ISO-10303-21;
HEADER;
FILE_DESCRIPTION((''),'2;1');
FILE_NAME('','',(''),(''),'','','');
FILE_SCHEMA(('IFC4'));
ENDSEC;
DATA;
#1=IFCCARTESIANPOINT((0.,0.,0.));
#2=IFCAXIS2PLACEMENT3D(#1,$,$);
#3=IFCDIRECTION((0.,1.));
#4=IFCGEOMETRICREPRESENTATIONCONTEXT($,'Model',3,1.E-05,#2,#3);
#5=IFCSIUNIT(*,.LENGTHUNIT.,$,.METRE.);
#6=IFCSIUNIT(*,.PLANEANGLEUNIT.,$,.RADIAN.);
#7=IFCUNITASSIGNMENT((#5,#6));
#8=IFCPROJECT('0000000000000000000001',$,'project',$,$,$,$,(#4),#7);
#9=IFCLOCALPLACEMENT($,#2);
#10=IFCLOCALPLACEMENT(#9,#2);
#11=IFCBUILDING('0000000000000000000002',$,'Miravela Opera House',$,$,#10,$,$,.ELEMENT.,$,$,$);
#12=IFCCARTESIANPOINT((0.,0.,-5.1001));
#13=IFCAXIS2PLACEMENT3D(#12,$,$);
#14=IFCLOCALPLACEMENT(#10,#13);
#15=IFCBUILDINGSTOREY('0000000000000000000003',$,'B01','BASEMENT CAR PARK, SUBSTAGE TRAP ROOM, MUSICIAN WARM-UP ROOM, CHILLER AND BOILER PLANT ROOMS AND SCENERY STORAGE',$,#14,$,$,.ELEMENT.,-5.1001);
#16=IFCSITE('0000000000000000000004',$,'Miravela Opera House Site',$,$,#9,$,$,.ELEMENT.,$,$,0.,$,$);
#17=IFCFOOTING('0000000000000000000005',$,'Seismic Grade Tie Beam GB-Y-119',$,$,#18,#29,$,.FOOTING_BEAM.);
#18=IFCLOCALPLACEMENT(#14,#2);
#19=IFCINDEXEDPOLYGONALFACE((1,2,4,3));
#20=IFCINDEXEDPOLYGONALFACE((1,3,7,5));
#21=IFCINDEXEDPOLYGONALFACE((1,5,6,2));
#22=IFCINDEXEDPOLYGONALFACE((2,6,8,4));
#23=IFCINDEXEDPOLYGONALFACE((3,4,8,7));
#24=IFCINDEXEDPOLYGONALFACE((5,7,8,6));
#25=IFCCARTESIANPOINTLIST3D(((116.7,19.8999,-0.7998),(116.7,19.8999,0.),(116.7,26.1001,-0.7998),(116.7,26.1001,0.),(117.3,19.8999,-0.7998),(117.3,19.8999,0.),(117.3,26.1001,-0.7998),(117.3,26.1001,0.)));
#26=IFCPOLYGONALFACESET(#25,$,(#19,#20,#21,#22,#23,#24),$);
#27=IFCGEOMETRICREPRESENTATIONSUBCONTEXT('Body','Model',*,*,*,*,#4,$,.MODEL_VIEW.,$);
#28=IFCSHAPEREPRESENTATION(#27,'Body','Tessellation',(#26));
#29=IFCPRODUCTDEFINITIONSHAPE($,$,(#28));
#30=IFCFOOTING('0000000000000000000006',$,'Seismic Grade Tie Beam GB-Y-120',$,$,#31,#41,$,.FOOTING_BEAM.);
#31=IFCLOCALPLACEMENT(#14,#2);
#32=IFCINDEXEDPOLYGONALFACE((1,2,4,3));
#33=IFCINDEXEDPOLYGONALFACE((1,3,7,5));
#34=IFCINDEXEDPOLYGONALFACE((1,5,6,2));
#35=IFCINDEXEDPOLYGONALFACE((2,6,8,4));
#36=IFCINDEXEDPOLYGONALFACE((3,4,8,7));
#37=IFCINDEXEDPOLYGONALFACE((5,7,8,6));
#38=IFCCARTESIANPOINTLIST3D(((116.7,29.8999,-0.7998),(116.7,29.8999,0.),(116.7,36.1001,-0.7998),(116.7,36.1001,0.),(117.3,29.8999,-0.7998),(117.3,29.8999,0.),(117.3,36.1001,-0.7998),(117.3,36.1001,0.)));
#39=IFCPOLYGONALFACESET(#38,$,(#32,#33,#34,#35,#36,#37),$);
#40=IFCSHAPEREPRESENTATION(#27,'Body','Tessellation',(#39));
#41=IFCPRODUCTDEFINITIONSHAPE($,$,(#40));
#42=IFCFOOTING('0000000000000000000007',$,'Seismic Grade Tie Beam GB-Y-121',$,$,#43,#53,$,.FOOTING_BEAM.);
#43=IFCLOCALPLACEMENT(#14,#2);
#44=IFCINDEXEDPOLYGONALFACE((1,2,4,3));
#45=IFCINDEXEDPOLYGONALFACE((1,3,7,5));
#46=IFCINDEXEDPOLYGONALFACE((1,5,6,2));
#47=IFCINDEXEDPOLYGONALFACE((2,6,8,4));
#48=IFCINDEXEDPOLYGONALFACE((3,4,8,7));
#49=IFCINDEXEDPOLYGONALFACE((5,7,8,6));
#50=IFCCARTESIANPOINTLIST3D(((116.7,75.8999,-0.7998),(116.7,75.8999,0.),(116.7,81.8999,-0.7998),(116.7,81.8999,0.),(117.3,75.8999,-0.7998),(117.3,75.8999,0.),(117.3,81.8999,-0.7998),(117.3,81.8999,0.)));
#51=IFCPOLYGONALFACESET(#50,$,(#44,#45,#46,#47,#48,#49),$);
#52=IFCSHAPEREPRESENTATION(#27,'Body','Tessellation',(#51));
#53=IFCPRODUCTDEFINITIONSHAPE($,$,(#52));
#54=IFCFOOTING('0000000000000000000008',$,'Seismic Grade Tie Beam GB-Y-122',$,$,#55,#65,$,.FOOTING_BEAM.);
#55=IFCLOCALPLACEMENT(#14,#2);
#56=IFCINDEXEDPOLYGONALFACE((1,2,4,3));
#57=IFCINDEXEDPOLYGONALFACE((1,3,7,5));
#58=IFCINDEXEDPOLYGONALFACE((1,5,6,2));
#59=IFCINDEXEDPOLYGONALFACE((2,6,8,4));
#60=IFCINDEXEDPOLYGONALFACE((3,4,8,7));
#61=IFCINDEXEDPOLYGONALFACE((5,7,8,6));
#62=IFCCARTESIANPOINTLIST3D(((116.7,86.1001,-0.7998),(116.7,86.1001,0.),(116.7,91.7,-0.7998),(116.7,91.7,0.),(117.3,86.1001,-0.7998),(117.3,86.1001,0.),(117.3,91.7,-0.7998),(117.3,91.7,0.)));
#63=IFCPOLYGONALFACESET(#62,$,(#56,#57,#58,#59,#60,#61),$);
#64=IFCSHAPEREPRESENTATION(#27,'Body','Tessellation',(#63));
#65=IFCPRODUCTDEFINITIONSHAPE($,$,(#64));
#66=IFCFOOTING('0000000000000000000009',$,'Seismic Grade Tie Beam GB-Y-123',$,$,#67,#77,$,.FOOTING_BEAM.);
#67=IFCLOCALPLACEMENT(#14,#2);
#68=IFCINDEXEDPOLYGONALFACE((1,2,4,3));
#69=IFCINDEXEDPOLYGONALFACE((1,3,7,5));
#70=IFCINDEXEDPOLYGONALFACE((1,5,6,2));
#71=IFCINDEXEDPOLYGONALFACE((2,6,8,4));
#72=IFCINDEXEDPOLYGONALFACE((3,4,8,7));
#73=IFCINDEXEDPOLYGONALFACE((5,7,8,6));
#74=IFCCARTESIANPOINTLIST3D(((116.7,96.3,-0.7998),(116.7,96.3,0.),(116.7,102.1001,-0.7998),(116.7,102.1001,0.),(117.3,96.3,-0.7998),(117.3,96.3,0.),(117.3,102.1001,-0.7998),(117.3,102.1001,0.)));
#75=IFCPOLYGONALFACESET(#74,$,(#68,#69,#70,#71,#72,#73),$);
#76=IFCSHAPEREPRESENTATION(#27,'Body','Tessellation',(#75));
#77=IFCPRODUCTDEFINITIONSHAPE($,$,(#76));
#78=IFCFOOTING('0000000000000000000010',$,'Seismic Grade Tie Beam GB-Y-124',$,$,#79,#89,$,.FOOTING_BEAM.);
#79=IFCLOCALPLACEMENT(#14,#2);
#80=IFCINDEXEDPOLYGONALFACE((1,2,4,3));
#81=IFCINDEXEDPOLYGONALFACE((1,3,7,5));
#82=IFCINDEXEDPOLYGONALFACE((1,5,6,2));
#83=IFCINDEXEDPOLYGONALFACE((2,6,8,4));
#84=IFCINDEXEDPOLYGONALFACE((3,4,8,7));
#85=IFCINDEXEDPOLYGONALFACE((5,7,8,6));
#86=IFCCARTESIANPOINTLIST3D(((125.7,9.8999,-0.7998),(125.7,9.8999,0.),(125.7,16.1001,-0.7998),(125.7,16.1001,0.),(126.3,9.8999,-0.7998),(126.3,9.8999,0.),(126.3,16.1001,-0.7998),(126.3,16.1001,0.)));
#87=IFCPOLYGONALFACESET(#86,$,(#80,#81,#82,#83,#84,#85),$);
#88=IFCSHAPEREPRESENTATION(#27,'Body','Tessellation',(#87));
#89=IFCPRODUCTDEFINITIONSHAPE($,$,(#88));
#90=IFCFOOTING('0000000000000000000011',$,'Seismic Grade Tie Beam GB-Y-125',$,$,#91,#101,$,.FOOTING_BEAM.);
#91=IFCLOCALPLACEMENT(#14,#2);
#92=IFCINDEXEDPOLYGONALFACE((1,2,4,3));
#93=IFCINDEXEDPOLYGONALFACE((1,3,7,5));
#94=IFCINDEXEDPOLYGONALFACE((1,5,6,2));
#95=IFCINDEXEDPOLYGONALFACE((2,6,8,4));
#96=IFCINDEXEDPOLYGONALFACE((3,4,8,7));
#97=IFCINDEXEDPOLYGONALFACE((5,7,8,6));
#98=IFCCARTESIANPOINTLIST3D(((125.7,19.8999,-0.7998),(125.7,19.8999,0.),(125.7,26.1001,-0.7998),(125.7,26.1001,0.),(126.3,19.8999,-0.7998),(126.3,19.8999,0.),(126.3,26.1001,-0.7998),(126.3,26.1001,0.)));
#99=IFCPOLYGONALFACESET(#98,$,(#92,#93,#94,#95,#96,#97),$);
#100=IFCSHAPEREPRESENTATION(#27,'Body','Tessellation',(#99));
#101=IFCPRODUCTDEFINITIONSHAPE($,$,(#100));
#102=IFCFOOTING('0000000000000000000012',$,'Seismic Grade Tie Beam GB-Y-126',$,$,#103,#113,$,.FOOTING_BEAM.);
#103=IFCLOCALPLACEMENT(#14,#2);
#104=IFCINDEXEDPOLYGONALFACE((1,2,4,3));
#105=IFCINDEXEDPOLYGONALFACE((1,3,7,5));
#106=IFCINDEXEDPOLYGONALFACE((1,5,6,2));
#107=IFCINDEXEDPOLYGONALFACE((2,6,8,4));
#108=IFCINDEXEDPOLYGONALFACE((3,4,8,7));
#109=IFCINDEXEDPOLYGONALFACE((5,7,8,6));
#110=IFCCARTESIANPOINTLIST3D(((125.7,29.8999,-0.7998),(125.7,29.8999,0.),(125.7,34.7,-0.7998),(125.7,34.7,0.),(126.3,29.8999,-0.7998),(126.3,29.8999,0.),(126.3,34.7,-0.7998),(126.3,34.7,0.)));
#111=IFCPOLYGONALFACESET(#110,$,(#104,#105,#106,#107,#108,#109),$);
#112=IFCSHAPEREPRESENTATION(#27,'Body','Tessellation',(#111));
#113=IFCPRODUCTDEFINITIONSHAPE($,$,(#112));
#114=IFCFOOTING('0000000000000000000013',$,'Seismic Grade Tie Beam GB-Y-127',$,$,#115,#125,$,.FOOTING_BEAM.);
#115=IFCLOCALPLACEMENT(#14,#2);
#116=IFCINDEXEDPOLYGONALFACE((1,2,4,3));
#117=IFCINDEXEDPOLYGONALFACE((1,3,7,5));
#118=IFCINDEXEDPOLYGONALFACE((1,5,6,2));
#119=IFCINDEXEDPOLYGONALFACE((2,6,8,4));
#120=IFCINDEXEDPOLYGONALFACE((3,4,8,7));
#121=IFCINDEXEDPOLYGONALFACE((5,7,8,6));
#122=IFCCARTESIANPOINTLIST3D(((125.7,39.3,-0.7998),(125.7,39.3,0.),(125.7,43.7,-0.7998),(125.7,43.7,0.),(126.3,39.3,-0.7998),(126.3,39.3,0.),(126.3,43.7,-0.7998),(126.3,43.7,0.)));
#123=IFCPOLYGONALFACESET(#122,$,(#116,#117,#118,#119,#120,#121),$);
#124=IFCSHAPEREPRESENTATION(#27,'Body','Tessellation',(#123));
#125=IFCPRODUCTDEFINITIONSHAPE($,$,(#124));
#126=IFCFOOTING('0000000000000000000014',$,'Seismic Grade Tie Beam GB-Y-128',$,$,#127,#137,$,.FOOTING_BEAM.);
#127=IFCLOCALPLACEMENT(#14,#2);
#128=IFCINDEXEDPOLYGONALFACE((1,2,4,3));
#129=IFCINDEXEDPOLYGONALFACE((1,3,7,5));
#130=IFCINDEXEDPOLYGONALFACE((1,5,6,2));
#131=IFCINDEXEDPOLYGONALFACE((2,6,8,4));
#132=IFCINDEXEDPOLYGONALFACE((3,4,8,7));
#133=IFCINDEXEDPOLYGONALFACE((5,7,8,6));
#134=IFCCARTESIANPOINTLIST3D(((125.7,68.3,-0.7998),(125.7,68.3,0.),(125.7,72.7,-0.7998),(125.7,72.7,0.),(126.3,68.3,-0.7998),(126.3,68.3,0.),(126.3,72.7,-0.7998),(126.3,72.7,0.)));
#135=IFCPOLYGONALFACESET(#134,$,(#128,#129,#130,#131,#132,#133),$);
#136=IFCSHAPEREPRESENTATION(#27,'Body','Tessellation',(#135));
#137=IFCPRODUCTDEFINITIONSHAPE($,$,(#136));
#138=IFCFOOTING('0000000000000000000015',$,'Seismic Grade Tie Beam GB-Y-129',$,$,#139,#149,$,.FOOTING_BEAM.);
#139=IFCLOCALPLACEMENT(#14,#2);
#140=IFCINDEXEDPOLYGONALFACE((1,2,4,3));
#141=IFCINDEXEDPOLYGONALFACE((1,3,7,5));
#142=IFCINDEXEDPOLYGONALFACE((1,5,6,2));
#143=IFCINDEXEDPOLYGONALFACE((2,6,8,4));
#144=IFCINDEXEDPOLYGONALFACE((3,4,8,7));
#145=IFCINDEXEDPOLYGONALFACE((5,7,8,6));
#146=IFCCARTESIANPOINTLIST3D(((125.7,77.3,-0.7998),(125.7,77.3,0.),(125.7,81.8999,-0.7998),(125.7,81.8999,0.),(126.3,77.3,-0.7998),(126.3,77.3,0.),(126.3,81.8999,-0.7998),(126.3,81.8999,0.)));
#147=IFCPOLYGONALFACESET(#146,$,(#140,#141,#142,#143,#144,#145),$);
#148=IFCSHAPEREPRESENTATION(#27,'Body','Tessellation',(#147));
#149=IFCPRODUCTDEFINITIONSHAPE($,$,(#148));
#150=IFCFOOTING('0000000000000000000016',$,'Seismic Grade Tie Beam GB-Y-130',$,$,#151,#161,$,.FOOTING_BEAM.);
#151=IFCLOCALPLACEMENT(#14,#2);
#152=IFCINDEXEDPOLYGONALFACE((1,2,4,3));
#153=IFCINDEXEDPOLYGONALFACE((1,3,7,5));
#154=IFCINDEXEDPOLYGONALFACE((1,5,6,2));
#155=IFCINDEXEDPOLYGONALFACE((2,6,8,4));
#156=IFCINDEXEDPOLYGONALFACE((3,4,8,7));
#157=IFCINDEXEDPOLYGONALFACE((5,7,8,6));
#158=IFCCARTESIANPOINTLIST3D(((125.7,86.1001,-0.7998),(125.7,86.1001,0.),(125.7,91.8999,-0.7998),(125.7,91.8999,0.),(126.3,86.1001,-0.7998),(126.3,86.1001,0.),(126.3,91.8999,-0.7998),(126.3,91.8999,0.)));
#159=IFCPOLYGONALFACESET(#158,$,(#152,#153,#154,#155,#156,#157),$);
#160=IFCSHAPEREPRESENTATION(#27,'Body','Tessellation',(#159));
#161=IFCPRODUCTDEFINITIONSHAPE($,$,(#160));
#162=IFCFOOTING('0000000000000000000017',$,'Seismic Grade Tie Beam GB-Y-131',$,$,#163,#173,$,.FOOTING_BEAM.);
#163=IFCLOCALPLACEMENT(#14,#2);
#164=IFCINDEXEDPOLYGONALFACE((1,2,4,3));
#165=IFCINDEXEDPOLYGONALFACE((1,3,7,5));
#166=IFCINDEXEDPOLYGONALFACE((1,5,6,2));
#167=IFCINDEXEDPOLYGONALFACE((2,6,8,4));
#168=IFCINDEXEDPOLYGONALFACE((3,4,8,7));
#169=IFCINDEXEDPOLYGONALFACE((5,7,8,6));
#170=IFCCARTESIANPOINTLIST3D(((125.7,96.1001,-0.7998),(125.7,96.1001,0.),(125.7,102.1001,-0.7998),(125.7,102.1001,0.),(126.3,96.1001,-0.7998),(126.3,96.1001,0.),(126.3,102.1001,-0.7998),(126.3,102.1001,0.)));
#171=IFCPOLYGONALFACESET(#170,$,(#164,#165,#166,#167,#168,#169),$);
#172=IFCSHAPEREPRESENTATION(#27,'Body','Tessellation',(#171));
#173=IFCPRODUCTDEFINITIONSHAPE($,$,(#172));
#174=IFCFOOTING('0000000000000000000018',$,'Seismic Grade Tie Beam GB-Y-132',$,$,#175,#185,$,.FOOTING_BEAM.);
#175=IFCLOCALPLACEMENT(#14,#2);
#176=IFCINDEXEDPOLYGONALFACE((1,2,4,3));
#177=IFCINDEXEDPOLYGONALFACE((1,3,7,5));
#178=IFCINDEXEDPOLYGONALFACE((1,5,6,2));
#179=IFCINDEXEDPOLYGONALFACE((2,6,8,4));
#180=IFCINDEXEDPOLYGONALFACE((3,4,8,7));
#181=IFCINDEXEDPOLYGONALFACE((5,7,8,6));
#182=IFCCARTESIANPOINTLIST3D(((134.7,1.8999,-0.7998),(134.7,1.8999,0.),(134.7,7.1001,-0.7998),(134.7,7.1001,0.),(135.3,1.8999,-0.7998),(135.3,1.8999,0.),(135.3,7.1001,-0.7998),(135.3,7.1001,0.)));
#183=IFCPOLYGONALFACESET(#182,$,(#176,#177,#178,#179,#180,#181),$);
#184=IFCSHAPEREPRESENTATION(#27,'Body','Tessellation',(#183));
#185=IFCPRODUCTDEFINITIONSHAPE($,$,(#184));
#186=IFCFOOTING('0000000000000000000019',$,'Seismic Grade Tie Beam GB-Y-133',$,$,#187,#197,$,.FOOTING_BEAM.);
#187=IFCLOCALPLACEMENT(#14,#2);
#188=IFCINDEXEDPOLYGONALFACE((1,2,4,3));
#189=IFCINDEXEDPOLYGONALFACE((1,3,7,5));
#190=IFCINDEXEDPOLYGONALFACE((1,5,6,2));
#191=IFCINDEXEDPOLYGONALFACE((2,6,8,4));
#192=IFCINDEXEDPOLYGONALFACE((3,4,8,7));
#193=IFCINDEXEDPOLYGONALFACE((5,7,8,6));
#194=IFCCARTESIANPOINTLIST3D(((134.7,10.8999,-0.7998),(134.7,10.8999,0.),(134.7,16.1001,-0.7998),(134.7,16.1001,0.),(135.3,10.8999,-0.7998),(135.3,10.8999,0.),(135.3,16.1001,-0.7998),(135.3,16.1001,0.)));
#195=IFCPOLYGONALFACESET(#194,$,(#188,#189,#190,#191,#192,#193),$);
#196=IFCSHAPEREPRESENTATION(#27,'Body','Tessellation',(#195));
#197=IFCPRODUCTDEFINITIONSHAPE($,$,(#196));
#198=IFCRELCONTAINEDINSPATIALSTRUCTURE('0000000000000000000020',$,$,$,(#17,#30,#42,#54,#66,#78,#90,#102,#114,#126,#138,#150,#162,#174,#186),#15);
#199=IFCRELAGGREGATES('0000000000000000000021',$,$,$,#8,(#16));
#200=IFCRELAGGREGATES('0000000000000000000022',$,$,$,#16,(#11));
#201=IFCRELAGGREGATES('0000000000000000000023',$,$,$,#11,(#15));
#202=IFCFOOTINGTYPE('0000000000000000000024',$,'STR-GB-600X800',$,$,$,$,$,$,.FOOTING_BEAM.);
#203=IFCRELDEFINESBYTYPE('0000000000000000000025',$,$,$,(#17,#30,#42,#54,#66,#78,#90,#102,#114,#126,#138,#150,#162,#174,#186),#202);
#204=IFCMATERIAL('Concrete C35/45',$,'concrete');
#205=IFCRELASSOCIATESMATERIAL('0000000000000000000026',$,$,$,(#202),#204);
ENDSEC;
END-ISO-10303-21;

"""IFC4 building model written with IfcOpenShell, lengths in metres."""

from ifc_helpers import new_model, si_unit, direction, frame, origin, place, context, subcontext, project, spatial, polyline, outline, extrude, material, type_object, element, save


model = new_model("IFC4")

# Units and contexts
model_context = context("Model", 3, precision=1e-05, world=origin(), true_north=direction((0.0, 1.0)))
body_context = subcontext(model_context, "Body", "Model", "MODEL_VIEW")
ifc_project = project(units=[si_unit("LENGTHUNIT", "METRE"), si_unit("PLANEANGLEUNIT", "RADIAN")], contexts=[model_context])

# Site, building, storey
site_placement = place(None, origin())
site = spatial("IfcSite", under=ifc_project, at=site_placement, Name="Miravela Opera House Site", CompositionType="ELEMENT", RefElevation=0.0)
building_placement = place(site_placement, origin())
building = spatial("IfcBuilding", under=site, at=building_placement, Name="Miravela Opera House", CompositionType="ELEMENT")
storey_placement = place(building_placement, frame((0.0, 0.0, -5.1001)))
storey = spatial("IfcBuildingStorey", under=building, at=storey_placement, Name="B01", Description="BASEMENT CAR PARK, SUBSTAGE TRAP ROOM, MUSICIAN WARM-UP ROOM, CHILLER AND BOILER PLANT ROOMS AND SCENERY STORAGE", CompositionType="ELEMENT", Elevation=-5.1001)

# Footings
ifc_material = material(Name="Concrete C35/45", Category="concrete")
footing_type = type_object("IfcFootingType", Name="STR-GB-600X800", PredefinedType="FOOTING_BEAM", material=ifc_material)
footing_1_placement = place(storey_placement, frame((0.0, 0.0, -0.7998)))
element("IfcFooting", 1, at=footing_1_placement, inside=storey, type_object=footing_type, Name="Seismic Grade Tie Beam GB-Y-119", PredefinedType="FOOTING_BEAM", context=body_context, shape_type="SweptSolid", body=[
    extrude(outline(polyline([(116.7, 19.8999), (117.3, 19.8999), (117.3, 26.1001), (116.7, 26.1001), (116.7, 19.8999)])), origin(), (0.0, 0.0, 1.0), 0.7998),
])
footing_2_placement = place(storey_placement, frame((0.0, 0.0, -0.7998)))
element("IfcFooting", 2, at=footing_2_placement, inside=storey, type_object=footing_type, Name="Seismic Grade Tie Beam GB-Y-120", PredefinedType="FOOTING_BEAM", context=body_context, shape_type="SweptSolid", body=[
    extrude(outline(polyline([(116.7, 29.8999), (117.3, 29.8999), (117.3, 36.1001), (116.7, 36.1001), (116.7, 29.8999)])), origin(), (0.0, 0.0, 1.0), 0.7998),
])
footing_3_placement = place(storey_placement, frame((0.0, 0.0, -0.7998)))
element("IfcFooting", 3, at=footing_3_placement, inside=storey, type_object=footing_type, Name="Seismic Grade Tie Beam GB-Y-121", PredefinedType="FOOTING_BEAM", context=body_context, shape_type="SweptSolid", body=[
    extrude(outline(polyline([(116.7, 75.8999), (117.3, 75.8999), (117.3, 81.8999), (116.7, 81.8999), (116.7, 75.8999)])), origin(), (0.0, 0.0, 1.0), 0.7998),
])
footing_4_placement = place(storey_placement, frame((0.0, 0.0, -0.7998)))
element("IfcFooting", 4, at=footing_4_placement, inside=storey, type_object=footing_type, Name="Seismic Grade Tie Beam GB-Y-122", PredefinedType="FOOTING_BEAM", context=body_context, shape_type="SweptSolid", body=[
    extrude(outline(polyline([(116.7, 86.1001), (117.3, 86.1001), (117.3, 91.7), (116.7, 91.7), (116.7, 86.1001)])), origin(), (0.0, 0.0, 1.0), 0.7998),
])
footing_5_placement = place(storey_placement, frame((0.0, 0.0, -0.7998)))
element("IfcFooting", 5, at=footing_5_placement, inside=storey, type_object=footing_type, Name="Seismic Grade Tie Beam GB-Y-123", PredefinedType="FOOTING_BEAM", context=body_context, shape_type="SweptSolid", body=[
    extrude(outline(polyline([(116.7, 96.3), (117.3, 96.3), (117.3, 102.1001), (116.7, 102.1001), (116.7, 96.3)])), origin(), (0.0, 0.0, 1.0), 0.7998),
])
footing_6_placement = place(storey_placement, frame((0.0, 0.0, -0.7998)))
element("IfcFooting", 6, at=footing_6_placement, inside=storey, type_object=footing_type, Name="Seismic Grade Tie Beam GB-Y-124", PredefinedType="FOOTING_BEAM", context=body_context, shape_type="SweptSolid", body=[
    extrude(outline(polyline([(125.7, 9.8999), (126.3, 9.8999), (126.3, 16.1001), (125.7, 16.1001), (125.7, 9.8999)])), origin(), (0.0, 0.0, 1.0), 0.7998),
])
footing_7_placement = place(storey_placement, frame((0.0, 0.0, -0.7998)))
element("IfcFooting", 7, at=footing_7_placement, inside=storey, type_object=footing_type, Name="Seismic Grade Tie Beam GB-Y-125", PredefinedType="FOOTING_BEAM", context=body_context, shape_type="SweptSolid", body=[
    extrude(outline(polyline([(125.7, 19.8999), (126.3, 19.8999), (126.3, 26.1001), (125.7, 26.1001), (125.7, 19.8999)])), origin(), (0.0, 0.0, 1.0), 0.7998),
])
footing_8_placement = place(storey_placement, frame((0.0, 0.0, -0.7998)))
element("IfcFooting", 8, at=footing_8_placement, inside=storey, type_object=footing_type, Name="Seismic Grade Tie Beam GB-Y-126", PredefinedType="FOOTING_BEAM", context=body_context, shape_type="SweptSolid", body=[
    extrude(outline(polyline([(125.7, 29.8999), (126.3, 29.8999), (126.3, 34.7), (125.7, 34.7), (125.7, 29.8999)])), origin(), (0.0, 0.0, 1.0), 0.7998),
])
footing_9_placement = place(storey_placement, frame((0.0, 0.0, -0.7998)))
element("IfcFooting", 9, at=footing_9_placement, inside=storey, type_object=footing_type, Name="Seismic Grade Tie Beam GB-Y-127", PredefinedType="FOOTING_BEAM", context=body_context, shape_type="SweptSolid", body=[
    extrude(outline(polyline([(125.7, 39.3), (126.3, 39.3), (126.3, 43.7), (125.7, 43.7), (125.7, 39.3)])), origin(), (0.0, 0.0, 1.0), 0.7998),
])
footing_10_placement = place(storey_placement, frame((0.0, 0.0, -0.7998)))
element("IfcFooting", 10, at=footing_10_placement, inside=storey, type_object=footing_type, Name="Seismic Grade Tie Beam GB-Y-128", PredefinedType="FOOTING_BEAM", context=body_context, shape_type="SweptSolid", body=[
    extrude(outline(polyline([(125.7, 68.3), (126.3, 68.3), (126.3, 72.7), (125.7, 72.7), (125.7, 68.3)])), origin(), (0.0, 0.0, 1.0), 0.7998),
])
footing_11_placement = place(storey_placement, frame((0.0, 0.0, -0.7998)))
element("IfcFooting", 11, at=footing_11_placement, inside=storey, type_object=footing_type, Name="Seismic Grade Tie Beam GB-Y-129", PredefinedType="FOOTING_BEAM", context=body_context, shape_type="SweptSolid", body=[
    extrude(outline(polyline([(125.7, 77.3), (126.3, 77.3), (126.3, 81.8999), (125.7, 81.8999), (125.7, 77.3)])), origin(), (0.0, 0.0, 1.0), 0.7998),
])
footing_12_placement = place(storey_placement, frame((0.0, 0.0, -0.7998)))
element("IfcFooting", 12, at=footing_12_placement, inside=storey, type_object=footing_type, Name="Seismic Grade Tie Beam GB-Y-130", PredefinedType="FOOTING_BEAM", context=body_context, shape_type="SweptSolid", body=[
    extrude(outline(polyline([(125.7, 86.1001), (126.3, 86.1001), (126.3, 91.8999), (125.7, 91.8999), (125.7, 86.1001)])), origin(), (0.0, 0.0, 1.0), 0.7998),
])
footing_13_placement = place(storey_placement, frame((0.0, 0.0, -0.7998)))
element("IfcFooting", 13, at=footing_13_placement, inside=storey, type_object=footing_type, Name="Seismic Grade Tie Beam GB-Y-131", PredefinedType="FOOTING_BEAM", context=body_context, shape_type="SweptSolid", body=[
    extrude(outline(polyline([(125.7, 96.1001), (126.3, 96.1001), (126.3, 102.1001), (125.7, 102.1001), (125.7, 96.1001)])), origin(), (0.0, 0.0, 1.0), 0.7998),
])
footing_14_placement = place(storey_placement, frame((0.0, 0.0, -0.7998)))
element("IfcFooting", 14, at=footing_14_placement, inside=storey, type_object=footing_type, Name="Seismic Grade Tie Beam GB-Y-132", PredefinedType="FOOTING_BEAM", context=body_context, shape_type="SweptSolid", body=[
    extrude(outline(polyline([(134.7, 1.8999), (135.3, 1.8999), (135.3, 7.1001), (134.7, 7.1001), (134.7, 1.8999)])), origin(), (0.0, 0.0, 1.0), 0.7998),
])
footing_15_placement = place(storey_placement, frame((0.0, 0.0, -0.7998)))
element("IfcFooting", 15, at=footing_15_placement, inside=storey, type_object=footing_type, Name="Seismic Grade Tie Beam GB-Y-133", PredefinedType="FOOTING_BEAM", context=body_context, shape_type="SweptSolid", body=[
    extrude(outline(polyline([(134.7, 10.8999), (135.3, 10.8999), (135.3, 16.1001), (134.7, 16.1001), (134.7, 10.8999)])), origin(), (0.0, 0.0, 1.0), 0.7998),
])

save(model, "model.ifc")
